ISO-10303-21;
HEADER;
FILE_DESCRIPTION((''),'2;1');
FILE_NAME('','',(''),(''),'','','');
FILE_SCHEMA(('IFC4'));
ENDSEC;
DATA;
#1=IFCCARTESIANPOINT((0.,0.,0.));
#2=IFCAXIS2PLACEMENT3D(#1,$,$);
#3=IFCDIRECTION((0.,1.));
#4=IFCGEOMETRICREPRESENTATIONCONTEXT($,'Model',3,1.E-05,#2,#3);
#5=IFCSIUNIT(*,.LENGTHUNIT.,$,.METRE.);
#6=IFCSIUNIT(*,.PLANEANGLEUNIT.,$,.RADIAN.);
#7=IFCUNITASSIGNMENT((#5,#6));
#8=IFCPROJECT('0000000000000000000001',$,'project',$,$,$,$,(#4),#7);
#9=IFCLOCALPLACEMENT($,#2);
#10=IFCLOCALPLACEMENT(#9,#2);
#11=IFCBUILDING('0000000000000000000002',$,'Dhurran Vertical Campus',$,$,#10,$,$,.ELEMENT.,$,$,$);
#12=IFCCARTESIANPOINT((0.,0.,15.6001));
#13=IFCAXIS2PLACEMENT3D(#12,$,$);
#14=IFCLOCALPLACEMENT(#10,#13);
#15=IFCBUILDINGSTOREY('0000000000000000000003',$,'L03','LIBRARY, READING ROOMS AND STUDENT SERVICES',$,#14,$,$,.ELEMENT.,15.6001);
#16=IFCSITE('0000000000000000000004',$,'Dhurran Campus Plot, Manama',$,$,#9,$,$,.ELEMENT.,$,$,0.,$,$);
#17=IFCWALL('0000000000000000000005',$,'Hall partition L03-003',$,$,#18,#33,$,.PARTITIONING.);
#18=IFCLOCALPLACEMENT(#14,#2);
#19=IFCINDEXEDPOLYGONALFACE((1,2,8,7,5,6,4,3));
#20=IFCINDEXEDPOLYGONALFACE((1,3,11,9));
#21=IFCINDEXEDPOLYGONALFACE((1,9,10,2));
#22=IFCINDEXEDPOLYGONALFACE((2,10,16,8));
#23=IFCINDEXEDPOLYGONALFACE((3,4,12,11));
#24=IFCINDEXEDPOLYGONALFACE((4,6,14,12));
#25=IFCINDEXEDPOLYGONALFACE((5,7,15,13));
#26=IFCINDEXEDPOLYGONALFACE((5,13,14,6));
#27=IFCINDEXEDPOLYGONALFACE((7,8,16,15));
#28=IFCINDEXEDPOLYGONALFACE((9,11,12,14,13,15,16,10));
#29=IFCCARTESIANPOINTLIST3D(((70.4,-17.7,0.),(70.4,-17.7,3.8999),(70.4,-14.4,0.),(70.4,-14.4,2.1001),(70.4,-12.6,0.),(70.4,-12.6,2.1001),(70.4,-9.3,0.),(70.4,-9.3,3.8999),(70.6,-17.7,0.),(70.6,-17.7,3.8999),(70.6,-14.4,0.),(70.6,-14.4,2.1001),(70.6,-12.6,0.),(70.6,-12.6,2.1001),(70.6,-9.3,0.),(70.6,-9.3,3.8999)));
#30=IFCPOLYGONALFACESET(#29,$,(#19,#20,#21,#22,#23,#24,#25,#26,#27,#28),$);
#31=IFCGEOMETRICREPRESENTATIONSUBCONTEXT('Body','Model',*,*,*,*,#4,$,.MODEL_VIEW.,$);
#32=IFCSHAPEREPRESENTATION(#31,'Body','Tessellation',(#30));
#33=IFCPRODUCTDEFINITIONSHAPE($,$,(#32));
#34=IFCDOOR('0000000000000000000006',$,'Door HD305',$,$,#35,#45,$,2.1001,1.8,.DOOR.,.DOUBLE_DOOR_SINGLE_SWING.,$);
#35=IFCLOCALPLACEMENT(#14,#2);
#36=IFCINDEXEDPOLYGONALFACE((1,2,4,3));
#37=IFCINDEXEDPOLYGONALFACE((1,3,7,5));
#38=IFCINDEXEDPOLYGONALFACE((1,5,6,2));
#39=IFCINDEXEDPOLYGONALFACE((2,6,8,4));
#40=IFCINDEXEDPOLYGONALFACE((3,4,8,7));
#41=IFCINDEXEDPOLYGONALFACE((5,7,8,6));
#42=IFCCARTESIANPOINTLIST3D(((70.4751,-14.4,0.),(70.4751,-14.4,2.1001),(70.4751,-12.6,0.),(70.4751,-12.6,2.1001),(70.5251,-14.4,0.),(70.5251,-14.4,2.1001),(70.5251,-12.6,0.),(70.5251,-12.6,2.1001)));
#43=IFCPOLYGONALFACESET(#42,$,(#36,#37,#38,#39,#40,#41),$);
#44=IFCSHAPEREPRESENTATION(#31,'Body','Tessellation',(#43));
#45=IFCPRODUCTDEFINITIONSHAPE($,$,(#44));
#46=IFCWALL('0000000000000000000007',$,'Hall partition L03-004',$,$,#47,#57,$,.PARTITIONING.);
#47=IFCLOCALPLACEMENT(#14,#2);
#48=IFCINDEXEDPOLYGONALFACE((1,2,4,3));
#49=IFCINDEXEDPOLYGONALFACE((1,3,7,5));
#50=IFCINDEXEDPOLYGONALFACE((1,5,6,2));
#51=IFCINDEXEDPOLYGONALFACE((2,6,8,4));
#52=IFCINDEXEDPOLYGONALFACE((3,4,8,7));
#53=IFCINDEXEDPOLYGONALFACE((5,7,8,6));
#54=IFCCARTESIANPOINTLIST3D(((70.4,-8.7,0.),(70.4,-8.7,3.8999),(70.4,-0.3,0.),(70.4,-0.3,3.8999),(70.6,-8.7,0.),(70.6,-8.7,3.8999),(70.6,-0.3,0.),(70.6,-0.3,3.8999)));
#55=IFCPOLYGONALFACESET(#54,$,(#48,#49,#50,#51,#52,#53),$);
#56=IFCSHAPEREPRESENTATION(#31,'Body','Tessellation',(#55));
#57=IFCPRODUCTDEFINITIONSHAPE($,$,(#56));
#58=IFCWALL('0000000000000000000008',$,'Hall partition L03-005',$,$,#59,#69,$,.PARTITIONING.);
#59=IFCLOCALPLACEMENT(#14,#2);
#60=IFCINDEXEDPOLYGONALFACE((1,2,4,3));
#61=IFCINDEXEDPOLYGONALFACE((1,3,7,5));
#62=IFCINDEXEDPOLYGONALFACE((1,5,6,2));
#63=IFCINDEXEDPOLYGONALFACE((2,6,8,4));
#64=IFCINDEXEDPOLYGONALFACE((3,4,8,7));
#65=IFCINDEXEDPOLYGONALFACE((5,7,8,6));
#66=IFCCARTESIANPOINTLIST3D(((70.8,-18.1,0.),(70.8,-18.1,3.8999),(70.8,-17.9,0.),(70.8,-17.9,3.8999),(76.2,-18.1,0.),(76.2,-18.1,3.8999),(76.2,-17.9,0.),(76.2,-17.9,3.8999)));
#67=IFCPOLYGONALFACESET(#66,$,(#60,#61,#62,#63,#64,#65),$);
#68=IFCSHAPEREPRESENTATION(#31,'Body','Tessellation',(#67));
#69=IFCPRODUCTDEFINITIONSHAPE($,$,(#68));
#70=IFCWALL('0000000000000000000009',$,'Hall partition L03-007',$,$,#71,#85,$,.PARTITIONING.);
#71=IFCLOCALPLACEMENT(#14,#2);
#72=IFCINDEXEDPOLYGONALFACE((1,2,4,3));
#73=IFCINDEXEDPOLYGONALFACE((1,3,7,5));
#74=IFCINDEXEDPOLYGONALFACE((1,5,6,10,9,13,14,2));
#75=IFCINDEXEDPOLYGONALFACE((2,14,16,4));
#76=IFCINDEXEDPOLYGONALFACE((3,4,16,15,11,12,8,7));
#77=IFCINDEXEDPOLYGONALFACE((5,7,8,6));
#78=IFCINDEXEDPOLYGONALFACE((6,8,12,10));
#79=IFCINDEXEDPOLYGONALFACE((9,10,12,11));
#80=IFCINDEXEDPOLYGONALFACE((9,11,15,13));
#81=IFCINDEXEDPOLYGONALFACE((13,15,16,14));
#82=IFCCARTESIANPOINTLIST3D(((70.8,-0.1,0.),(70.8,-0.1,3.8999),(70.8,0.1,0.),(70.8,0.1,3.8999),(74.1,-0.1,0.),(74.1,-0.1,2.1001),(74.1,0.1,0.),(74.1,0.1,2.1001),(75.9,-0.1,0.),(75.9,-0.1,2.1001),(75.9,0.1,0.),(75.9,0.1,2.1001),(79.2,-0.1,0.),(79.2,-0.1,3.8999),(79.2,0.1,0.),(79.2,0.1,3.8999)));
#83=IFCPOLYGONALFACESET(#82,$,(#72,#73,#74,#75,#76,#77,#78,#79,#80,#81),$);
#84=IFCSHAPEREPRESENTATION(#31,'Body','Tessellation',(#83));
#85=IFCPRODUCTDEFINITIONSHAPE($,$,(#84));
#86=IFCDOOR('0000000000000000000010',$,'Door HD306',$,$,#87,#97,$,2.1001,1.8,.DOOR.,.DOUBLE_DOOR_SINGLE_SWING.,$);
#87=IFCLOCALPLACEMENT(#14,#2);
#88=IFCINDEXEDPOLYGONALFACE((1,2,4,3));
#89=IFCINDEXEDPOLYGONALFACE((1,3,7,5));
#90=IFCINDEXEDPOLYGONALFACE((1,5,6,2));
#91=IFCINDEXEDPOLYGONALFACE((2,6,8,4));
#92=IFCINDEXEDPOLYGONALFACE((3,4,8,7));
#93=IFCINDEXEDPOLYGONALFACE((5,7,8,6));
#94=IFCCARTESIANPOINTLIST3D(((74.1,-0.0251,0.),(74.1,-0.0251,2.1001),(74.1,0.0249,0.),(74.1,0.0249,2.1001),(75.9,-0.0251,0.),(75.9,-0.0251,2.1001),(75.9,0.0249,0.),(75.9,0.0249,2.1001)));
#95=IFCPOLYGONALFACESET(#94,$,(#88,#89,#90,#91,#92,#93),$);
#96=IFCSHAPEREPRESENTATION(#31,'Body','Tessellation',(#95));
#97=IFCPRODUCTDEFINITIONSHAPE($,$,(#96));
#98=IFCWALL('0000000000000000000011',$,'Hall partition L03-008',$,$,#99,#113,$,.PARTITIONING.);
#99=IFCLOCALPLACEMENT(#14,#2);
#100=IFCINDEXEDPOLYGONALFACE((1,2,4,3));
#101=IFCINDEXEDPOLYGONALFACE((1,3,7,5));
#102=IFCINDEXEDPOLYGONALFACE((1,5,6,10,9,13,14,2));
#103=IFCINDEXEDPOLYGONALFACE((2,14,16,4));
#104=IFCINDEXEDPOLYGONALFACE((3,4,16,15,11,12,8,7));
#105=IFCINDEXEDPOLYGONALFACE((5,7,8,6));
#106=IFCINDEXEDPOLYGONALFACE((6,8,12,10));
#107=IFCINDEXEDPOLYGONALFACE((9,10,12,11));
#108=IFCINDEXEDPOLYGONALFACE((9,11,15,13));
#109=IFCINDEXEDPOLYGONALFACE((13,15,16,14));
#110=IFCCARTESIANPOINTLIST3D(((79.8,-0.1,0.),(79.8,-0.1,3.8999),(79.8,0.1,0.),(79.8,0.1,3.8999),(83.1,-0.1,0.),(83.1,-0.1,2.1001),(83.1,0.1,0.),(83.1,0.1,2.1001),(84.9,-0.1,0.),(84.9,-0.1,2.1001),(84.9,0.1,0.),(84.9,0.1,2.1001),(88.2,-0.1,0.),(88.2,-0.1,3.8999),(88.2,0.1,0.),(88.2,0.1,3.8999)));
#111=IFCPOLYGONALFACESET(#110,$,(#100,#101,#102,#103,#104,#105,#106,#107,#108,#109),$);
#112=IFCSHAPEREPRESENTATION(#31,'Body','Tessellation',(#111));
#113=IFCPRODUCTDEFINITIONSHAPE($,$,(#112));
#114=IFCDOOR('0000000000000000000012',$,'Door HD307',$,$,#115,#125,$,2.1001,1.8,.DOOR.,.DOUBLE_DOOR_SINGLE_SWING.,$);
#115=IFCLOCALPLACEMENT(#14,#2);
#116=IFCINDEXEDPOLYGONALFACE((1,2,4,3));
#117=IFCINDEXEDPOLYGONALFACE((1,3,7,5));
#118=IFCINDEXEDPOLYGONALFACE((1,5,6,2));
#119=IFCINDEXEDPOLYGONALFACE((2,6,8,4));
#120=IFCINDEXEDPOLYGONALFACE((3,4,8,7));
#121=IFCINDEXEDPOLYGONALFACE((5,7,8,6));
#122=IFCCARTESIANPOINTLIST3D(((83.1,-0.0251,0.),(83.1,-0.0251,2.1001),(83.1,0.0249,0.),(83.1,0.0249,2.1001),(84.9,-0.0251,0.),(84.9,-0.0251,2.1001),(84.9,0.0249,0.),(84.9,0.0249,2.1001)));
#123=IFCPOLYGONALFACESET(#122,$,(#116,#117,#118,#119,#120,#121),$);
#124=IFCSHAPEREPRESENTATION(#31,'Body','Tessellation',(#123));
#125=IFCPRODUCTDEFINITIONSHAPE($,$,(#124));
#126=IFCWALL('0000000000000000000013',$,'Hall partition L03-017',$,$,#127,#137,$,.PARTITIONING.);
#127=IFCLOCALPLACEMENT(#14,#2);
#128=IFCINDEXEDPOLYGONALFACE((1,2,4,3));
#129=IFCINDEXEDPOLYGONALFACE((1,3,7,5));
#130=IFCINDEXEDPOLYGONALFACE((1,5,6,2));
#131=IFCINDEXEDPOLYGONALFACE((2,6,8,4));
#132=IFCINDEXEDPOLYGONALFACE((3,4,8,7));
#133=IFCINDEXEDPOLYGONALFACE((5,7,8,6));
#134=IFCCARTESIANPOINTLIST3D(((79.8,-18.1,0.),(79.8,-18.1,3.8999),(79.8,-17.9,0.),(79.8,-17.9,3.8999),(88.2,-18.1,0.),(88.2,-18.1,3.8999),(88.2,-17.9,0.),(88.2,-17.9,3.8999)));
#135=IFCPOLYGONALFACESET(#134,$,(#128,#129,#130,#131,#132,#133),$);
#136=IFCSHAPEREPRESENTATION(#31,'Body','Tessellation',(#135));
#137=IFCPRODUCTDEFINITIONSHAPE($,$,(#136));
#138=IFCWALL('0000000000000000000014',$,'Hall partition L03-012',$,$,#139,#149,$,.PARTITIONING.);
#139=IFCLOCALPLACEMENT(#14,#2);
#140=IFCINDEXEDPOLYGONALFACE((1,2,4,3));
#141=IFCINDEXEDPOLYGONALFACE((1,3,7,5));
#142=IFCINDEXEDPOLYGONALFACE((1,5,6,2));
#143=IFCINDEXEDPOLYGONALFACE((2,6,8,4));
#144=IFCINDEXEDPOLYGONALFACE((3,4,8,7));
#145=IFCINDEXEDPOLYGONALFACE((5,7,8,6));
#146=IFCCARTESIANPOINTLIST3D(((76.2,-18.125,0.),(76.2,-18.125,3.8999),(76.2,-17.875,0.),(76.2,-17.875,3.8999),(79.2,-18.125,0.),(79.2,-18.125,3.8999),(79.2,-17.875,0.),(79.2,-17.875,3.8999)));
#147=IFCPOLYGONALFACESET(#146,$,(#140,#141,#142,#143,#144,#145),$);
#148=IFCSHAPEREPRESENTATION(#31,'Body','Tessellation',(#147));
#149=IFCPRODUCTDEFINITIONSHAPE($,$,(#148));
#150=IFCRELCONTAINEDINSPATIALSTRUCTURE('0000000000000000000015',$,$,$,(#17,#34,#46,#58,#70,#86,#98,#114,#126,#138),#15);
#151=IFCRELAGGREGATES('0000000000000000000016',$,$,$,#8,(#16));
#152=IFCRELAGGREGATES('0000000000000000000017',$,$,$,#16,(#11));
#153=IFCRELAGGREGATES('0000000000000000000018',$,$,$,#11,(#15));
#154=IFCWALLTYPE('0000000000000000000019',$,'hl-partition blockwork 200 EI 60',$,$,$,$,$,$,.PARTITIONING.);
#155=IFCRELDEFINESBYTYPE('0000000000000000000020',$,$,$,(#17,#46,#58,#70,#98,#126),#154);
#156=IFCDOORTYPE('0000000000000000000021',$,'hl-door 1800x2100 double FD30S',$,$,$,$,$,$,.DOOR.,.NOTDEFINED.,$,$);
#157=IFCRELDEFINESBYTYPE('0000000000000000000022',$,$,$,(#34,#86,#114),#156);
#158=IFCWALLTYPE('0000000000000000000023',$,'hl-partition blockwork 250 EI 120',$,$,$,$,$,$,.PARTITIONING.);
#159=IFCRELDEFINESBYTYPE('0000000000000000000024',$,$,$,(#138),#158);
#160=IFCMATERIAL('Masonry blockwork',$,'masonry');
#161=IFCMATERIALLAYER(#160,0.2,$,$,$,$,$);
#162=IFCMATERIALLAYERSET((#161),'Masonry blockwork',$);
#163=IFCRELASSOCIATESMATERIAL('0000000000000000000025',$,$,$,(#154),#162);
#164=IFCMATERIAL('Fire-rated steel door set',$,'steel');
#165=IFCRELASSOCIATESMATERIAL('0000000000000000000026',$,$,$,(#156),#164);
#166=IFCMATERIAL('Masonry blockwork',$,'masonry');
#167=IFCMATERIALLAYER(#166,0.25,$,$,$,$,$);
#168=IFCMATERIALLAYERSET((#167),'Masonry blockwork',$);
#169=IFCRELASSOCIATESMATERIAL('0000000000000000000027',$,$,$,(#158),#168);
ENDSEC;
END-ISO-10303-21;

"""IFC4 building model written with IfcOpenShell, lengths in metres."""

from ifc_helpers import new_model, si_unit, direction, frame, frame_2d, origin, place, context, subcontext, project, spatial, rectangle, extrude, material, layer, layer_set, type_object, element, fill, save


model = new_model("IFC4")

# Units and contexts
model_context = context("Model", 3, precision=1e-05, world=origin(), true_north=direction((0.0, 1.0)))
body_context = subcontext(model_context, "Body", "Model", "MODEL_VIEW")
ifc_project = project(units=[si_unit("LENGTHUNIT", "METRE"), si_unit("PLANEANGLEUNIT", "RADIAN")], contexts=[model_context])

# Site, building, storey
site_placement = place(None, origin())
site = spatial("IfcSite", under=ifc_project, at=site_placement, Name="Dhurran Campus Plot, Manama", CompositionType="ELEMENT", RefElevation=0.0)
building_placement = place(site_placement, origin())
building = spatial("IfcBuilding", under=site, at=building_placement, Name="Dhurran Vertical Campus", CompositionType="ELEMENT")
storey_placement = place(building_placement, frame((0.0, 0.0, 15.6001)))
storey = spatial("IfcBuildingStorey", under=building, at=storey_placement, Name="L03", Description="LIBRARY, READING ROOMS AND STUDENT SERVICES", CompositionType="ELEMENT", Elevation=15.6001)

# Wall, opening, door
ifc_material_1 = material(Name="Masonry blockwork", Category="masonry")
ifc_layer_1 = layer(ifc_material_1, 0.2)
ifc_layer_set_1 = layer_set([ifc_layer_1], Name="Masonry blockwork")
wall_type_1 = type_object("IfcWallType", Name="hl-partition blockwork 200 EI 60", PredefinedType="PARTITIONING", material=ifc_layer_set_1)
wall_1_placement = place(storey_placement, frame((70.5, -17.7, 0.0), z_axis=(0.0, 0.0, 1.0), x_axis=(0.0, 1.0, 0.0)))
wall_1 = element("IfcWall", 1, at=wall_1_placement, inside=storey, type_object=wall_type_1, Name="Hall partition L03-003", PredefinedType="PARTITIONING", context=body_context, shape_type="SweptSolid", body=[
    extrude(rectangle(XDim=8.3999, YDim=0.2, at=frame_2d((4.2, 0.0))), origin(), (0.0, 0.0, 1.0), 3.8999),
])
opening_1_placement = place(wall_1_placement, frame((3.3, 0.0, 0.0)))
opening_1 = element("IfcOpeningElement", 2, at=opening_1_placement, cuts=wall_1, PredefinedType="OPENING", context=body_context, shape_type="SweptSolid", body=[
    extrude(rectangle(XDim=1.8, YDim=2.1001, at=frame_2d((0.8999, 1.05))), frame((0.0, 0.1099, 0.0), z_axis=(0.0, -1.0, 0.0), x_axis=(1.0, 0.0, 0.0)), (0.0, 0.0, 1.0), 0.22),
])
ifc_material_2 = material(Name="Fire-rated steel door set", Category="steel")
door_type_1 = type_object("IfcDoorType", Name="hl-door 1800x2100 double FD30S", OperationType="NOTDEFINED", PredefinedType="DOOR", material=ifc_material_2)
door_1_placement = place(opening_1_placement, origin())
door_1 = element("IfcDoor", 3, at=door_1_placement, inside=storey, type_object=door_type_1, Name="Door HD305", OperationType="DOUBLE_DOOR_SINGLE_SWING", OverallHeight=2.1001, OverallWidth=1.8, PredefinedType="DOOR", context=body_context, shape_type="SweptSolid", body=[
    extrude(rectangle(XDim=1.8, YDim=2.1001, at=frame_2d((0.8999, 1.05))), frame((0.0, 0.0249, 0.0), z_axis=(0.0, -1.0, 0.0), x_axis=(1.0, 0.0, 0.0)), (0.0, 0.0, 1.0), 0.05),
])
fill(opening_1, door_1)

# Walls
wall_2_placement = place(storey_placement, frame((70.5, -8.7, 0.0), z_axis=(0.0, 0.0, 1.0), x_axis=(0.0, 1.0, 0.0)))
element("IfcWall", 4, at=wall_2_placement, inside=storey, type_object=wall_type_1, Name="Hall partition L03-004", PredefinedType="PARTITIONING", context=body_context, shape_type="SweptSolid", body=[
    extrude(rectangle(XDim=8.3999, YDim=0.2, at=frame_2d((4.2, 0.0))), origin(), (0.0, 0.0, 1.0), 3.8999),
])
wall_3_placement = place(storey_placement, frame((70.8, -18.0, 0.0), z_axis=(0.0, 0.0, 1.0), x_axis=(1.0, 0.0, 0.0)))
element("IfcWall", 5, at=wall_3_placement, inside=storey, type_object=wall_type_1, Name="Hall partition L03-005", PredefinedType="PARTITIONING", context=body_context, shape_type="SweptSolid", body=[
    extrude(rectangle(XDim=5.3999, YDim=0.2, at=frame_2d((2.7, 0.0))), origin(), (0.0, 0.0, 1.0), 3.8999),
])

# Walls, openings, doors
wall_4_placement = place(storey_placement, frame((70.8, 0.0, 0.0), z_axis=(0.0, 0.0, 1.0), x_axis=(1.0, 0.0, 0.0)))
wall_4 = element("IfcWall", 6, at=wall_4_placement, inside=storey, type_object=wall_type_1, Name="Hall partition L03-007", PredefinedType="PARTITIONING", context=body_context, shape_type="SweptSolid", body=[
    extrude(rectangle(XDim=8.3999, YDim=0.2, at=frame_2d((4.2, 0.0))), origin(), (0.0, 0.0, 1.0), 3.8999),
])
opening_2_placement = place(wall_4_placement, frame((3.3, 0.0, 0.0)))
opening_2 = element("IfcOpeningElement", 7, at=opening_2_placement, cuts=wall_4, PredefinedType="OPENING", context=body_context, shape_type="SweptSolid", body=[
    extrude(rectangle(XDim=1.8, YDim=2.1001, at=frame_2d((0.8999, 1.05))), frame((0.0, 0.1099, 0.0), z_axis=(0.0, -1.0, 0.0), x_axis=(1.0, 0.0, 0.0)), (0.0, 0.0, 1.0), 0.22),
])
door_2_placement = place(opening_2_placement, origin())
door_2 = element("IfcDoor", 8, at=door_2_placement, inside=storey, type_object=door_type_1, Name="Door HD306", OperationType="DOUBLE_DOOR_SINGLE_SWING", OverallHeight=2.1001, OverallWidth=1.8, PredefinedType="DOOR", context=body_context, shape_type="SweptSolid", body=[
    extrude(rectangle(XDim=1.8, YDim=2.1001, at=frame_2d((0.8999, 1.05))), frame((0.0, 0.0249, 0.0), z_axis=(0.0, -1.0, 0.0), x_axis=(1.0, 0.0, 0.0)), (0.0, 0.0, 1.0), 0.05),
])
fill(opening_2, door_2)
wall_5_placement = place(storey_placement, frame((79.8, 0.0, 0.0), z_axis=(0.0, 0.0, 1.0), x_axis=(1.0, 0.0, 0.0)))
wall_5 = element("IfcWall", 9, at=wall_5_placement, inside=storey, type_object=wall_type_1, Name="Hall partition L03-008", PredefinedType="PARTITIONING", context=body_context, shape_type="SweptSolid", body=[
    extrude(rectangle(XDim=8.3999, YDim=0.2, at=frame_2d((4.2, 0.0))), origin(), (0.0, 0.0, 1.0), 3.8999),
])
opening_3_placement = place(wall_5_placement, frame((3.3, 0.0, 0.0)))
opening_3 = element("IfcOpeningElement", 10, at=opening_3_placement, cuts=wall_5, PredefinedType="OPENING", context=body_context, shape_type="SweptSolid", body=[
    extrude(rectangle(XDim=1.8, YDim=2.1001, at=frame_2d((0.8999, 1.05))), frame((0.0, 0.1099, 0.0), z_axis=(0.0, -1.0, 0.0), x_axis=(1.0, 0.0, 0.0)), (0.0, 0.0, 1.0), 0.22),
])
door_3_placement = place(opening_3_placement, origin())
door_3 = element("IfcDoor", 11, at=door_3_placement, inside=storey, type_object=door_type_1, Name="Door HD307", OperationType="DOUBLE_DOOR_SINGLE_SWING", OverallHeight=2.1001, OverallWidth=1.8, PredefinedType="DOOR", context=body_context, shape_type="SweptSolid", body=[
    extrude(rectangle(XDim=1.8, YDim=2.1001, at=frame_2d((0.8999, 1.05))), frame((0.0, 0.0249, 0.0), z_axis=(0.0, -1.0, 0.0), x_axis=(1.0, 0.0, 0.0)), (0.0, 0.0, 1.0), 0.05),
])
fill(opening_3, door_3)

# Walls
wall_6_placement = place(storey_placement, frame((79.8, -18.0, 0.0), z_axis=(0.0, 0.0, 1.0), x_axis=(1.0, 0.0, 0.0)))
element("IfcWall", 12, at=wall_6_placement, inside=storey, type_object=wall_type_1, Name="Hall partition L03-017", PredefinedType="PARTITIONING", context=body_context, shape_type="SweptSolid", body=[
    extrude(rectangle(XDim=8.3999, YDim=0.2, at=frame_2d((4.2, 0.0))), origin(), (0.0, 0.0, 1.0), 3.8999),
])
ifc_material_3 = material(Name="Masonry blockwork", Category="masonry")
ifc_layer_2 = layer(ifc_material_3, 0.25)
ifc_layer_set_2 = layer_set([ifc_layer_2], Name="Masonry blockwork")
wall_type_2 = type_object("IfcWallType", Name="hl-partition blockwork 250 EI 120", PredefinedType="PARTITIONING", material=ifc_layer_set_2)
wall_7_placement = place(storey_placement, frame((76.2, -18.0, 0.0), z_axis=(0.0, 0.0, 1.0), x_axis=(1.0, 0.0, 0.0)))
element("IfcWall", 13, at=wall_7_placement, inside=storey, type_object=wall_type_2, Name="Hall partition L03-012", PredefinedType="PARTITIONING", context=body_context, shape_type="SweptSolid", body=[
    extrude(rectangle(XDim=3.0, YDim=0.25, at=frame_2d((1.5, 0.0))), origin(), (0.0, 0.0, 1.0), 3.8999),
])

save(model, "model.ifc")
